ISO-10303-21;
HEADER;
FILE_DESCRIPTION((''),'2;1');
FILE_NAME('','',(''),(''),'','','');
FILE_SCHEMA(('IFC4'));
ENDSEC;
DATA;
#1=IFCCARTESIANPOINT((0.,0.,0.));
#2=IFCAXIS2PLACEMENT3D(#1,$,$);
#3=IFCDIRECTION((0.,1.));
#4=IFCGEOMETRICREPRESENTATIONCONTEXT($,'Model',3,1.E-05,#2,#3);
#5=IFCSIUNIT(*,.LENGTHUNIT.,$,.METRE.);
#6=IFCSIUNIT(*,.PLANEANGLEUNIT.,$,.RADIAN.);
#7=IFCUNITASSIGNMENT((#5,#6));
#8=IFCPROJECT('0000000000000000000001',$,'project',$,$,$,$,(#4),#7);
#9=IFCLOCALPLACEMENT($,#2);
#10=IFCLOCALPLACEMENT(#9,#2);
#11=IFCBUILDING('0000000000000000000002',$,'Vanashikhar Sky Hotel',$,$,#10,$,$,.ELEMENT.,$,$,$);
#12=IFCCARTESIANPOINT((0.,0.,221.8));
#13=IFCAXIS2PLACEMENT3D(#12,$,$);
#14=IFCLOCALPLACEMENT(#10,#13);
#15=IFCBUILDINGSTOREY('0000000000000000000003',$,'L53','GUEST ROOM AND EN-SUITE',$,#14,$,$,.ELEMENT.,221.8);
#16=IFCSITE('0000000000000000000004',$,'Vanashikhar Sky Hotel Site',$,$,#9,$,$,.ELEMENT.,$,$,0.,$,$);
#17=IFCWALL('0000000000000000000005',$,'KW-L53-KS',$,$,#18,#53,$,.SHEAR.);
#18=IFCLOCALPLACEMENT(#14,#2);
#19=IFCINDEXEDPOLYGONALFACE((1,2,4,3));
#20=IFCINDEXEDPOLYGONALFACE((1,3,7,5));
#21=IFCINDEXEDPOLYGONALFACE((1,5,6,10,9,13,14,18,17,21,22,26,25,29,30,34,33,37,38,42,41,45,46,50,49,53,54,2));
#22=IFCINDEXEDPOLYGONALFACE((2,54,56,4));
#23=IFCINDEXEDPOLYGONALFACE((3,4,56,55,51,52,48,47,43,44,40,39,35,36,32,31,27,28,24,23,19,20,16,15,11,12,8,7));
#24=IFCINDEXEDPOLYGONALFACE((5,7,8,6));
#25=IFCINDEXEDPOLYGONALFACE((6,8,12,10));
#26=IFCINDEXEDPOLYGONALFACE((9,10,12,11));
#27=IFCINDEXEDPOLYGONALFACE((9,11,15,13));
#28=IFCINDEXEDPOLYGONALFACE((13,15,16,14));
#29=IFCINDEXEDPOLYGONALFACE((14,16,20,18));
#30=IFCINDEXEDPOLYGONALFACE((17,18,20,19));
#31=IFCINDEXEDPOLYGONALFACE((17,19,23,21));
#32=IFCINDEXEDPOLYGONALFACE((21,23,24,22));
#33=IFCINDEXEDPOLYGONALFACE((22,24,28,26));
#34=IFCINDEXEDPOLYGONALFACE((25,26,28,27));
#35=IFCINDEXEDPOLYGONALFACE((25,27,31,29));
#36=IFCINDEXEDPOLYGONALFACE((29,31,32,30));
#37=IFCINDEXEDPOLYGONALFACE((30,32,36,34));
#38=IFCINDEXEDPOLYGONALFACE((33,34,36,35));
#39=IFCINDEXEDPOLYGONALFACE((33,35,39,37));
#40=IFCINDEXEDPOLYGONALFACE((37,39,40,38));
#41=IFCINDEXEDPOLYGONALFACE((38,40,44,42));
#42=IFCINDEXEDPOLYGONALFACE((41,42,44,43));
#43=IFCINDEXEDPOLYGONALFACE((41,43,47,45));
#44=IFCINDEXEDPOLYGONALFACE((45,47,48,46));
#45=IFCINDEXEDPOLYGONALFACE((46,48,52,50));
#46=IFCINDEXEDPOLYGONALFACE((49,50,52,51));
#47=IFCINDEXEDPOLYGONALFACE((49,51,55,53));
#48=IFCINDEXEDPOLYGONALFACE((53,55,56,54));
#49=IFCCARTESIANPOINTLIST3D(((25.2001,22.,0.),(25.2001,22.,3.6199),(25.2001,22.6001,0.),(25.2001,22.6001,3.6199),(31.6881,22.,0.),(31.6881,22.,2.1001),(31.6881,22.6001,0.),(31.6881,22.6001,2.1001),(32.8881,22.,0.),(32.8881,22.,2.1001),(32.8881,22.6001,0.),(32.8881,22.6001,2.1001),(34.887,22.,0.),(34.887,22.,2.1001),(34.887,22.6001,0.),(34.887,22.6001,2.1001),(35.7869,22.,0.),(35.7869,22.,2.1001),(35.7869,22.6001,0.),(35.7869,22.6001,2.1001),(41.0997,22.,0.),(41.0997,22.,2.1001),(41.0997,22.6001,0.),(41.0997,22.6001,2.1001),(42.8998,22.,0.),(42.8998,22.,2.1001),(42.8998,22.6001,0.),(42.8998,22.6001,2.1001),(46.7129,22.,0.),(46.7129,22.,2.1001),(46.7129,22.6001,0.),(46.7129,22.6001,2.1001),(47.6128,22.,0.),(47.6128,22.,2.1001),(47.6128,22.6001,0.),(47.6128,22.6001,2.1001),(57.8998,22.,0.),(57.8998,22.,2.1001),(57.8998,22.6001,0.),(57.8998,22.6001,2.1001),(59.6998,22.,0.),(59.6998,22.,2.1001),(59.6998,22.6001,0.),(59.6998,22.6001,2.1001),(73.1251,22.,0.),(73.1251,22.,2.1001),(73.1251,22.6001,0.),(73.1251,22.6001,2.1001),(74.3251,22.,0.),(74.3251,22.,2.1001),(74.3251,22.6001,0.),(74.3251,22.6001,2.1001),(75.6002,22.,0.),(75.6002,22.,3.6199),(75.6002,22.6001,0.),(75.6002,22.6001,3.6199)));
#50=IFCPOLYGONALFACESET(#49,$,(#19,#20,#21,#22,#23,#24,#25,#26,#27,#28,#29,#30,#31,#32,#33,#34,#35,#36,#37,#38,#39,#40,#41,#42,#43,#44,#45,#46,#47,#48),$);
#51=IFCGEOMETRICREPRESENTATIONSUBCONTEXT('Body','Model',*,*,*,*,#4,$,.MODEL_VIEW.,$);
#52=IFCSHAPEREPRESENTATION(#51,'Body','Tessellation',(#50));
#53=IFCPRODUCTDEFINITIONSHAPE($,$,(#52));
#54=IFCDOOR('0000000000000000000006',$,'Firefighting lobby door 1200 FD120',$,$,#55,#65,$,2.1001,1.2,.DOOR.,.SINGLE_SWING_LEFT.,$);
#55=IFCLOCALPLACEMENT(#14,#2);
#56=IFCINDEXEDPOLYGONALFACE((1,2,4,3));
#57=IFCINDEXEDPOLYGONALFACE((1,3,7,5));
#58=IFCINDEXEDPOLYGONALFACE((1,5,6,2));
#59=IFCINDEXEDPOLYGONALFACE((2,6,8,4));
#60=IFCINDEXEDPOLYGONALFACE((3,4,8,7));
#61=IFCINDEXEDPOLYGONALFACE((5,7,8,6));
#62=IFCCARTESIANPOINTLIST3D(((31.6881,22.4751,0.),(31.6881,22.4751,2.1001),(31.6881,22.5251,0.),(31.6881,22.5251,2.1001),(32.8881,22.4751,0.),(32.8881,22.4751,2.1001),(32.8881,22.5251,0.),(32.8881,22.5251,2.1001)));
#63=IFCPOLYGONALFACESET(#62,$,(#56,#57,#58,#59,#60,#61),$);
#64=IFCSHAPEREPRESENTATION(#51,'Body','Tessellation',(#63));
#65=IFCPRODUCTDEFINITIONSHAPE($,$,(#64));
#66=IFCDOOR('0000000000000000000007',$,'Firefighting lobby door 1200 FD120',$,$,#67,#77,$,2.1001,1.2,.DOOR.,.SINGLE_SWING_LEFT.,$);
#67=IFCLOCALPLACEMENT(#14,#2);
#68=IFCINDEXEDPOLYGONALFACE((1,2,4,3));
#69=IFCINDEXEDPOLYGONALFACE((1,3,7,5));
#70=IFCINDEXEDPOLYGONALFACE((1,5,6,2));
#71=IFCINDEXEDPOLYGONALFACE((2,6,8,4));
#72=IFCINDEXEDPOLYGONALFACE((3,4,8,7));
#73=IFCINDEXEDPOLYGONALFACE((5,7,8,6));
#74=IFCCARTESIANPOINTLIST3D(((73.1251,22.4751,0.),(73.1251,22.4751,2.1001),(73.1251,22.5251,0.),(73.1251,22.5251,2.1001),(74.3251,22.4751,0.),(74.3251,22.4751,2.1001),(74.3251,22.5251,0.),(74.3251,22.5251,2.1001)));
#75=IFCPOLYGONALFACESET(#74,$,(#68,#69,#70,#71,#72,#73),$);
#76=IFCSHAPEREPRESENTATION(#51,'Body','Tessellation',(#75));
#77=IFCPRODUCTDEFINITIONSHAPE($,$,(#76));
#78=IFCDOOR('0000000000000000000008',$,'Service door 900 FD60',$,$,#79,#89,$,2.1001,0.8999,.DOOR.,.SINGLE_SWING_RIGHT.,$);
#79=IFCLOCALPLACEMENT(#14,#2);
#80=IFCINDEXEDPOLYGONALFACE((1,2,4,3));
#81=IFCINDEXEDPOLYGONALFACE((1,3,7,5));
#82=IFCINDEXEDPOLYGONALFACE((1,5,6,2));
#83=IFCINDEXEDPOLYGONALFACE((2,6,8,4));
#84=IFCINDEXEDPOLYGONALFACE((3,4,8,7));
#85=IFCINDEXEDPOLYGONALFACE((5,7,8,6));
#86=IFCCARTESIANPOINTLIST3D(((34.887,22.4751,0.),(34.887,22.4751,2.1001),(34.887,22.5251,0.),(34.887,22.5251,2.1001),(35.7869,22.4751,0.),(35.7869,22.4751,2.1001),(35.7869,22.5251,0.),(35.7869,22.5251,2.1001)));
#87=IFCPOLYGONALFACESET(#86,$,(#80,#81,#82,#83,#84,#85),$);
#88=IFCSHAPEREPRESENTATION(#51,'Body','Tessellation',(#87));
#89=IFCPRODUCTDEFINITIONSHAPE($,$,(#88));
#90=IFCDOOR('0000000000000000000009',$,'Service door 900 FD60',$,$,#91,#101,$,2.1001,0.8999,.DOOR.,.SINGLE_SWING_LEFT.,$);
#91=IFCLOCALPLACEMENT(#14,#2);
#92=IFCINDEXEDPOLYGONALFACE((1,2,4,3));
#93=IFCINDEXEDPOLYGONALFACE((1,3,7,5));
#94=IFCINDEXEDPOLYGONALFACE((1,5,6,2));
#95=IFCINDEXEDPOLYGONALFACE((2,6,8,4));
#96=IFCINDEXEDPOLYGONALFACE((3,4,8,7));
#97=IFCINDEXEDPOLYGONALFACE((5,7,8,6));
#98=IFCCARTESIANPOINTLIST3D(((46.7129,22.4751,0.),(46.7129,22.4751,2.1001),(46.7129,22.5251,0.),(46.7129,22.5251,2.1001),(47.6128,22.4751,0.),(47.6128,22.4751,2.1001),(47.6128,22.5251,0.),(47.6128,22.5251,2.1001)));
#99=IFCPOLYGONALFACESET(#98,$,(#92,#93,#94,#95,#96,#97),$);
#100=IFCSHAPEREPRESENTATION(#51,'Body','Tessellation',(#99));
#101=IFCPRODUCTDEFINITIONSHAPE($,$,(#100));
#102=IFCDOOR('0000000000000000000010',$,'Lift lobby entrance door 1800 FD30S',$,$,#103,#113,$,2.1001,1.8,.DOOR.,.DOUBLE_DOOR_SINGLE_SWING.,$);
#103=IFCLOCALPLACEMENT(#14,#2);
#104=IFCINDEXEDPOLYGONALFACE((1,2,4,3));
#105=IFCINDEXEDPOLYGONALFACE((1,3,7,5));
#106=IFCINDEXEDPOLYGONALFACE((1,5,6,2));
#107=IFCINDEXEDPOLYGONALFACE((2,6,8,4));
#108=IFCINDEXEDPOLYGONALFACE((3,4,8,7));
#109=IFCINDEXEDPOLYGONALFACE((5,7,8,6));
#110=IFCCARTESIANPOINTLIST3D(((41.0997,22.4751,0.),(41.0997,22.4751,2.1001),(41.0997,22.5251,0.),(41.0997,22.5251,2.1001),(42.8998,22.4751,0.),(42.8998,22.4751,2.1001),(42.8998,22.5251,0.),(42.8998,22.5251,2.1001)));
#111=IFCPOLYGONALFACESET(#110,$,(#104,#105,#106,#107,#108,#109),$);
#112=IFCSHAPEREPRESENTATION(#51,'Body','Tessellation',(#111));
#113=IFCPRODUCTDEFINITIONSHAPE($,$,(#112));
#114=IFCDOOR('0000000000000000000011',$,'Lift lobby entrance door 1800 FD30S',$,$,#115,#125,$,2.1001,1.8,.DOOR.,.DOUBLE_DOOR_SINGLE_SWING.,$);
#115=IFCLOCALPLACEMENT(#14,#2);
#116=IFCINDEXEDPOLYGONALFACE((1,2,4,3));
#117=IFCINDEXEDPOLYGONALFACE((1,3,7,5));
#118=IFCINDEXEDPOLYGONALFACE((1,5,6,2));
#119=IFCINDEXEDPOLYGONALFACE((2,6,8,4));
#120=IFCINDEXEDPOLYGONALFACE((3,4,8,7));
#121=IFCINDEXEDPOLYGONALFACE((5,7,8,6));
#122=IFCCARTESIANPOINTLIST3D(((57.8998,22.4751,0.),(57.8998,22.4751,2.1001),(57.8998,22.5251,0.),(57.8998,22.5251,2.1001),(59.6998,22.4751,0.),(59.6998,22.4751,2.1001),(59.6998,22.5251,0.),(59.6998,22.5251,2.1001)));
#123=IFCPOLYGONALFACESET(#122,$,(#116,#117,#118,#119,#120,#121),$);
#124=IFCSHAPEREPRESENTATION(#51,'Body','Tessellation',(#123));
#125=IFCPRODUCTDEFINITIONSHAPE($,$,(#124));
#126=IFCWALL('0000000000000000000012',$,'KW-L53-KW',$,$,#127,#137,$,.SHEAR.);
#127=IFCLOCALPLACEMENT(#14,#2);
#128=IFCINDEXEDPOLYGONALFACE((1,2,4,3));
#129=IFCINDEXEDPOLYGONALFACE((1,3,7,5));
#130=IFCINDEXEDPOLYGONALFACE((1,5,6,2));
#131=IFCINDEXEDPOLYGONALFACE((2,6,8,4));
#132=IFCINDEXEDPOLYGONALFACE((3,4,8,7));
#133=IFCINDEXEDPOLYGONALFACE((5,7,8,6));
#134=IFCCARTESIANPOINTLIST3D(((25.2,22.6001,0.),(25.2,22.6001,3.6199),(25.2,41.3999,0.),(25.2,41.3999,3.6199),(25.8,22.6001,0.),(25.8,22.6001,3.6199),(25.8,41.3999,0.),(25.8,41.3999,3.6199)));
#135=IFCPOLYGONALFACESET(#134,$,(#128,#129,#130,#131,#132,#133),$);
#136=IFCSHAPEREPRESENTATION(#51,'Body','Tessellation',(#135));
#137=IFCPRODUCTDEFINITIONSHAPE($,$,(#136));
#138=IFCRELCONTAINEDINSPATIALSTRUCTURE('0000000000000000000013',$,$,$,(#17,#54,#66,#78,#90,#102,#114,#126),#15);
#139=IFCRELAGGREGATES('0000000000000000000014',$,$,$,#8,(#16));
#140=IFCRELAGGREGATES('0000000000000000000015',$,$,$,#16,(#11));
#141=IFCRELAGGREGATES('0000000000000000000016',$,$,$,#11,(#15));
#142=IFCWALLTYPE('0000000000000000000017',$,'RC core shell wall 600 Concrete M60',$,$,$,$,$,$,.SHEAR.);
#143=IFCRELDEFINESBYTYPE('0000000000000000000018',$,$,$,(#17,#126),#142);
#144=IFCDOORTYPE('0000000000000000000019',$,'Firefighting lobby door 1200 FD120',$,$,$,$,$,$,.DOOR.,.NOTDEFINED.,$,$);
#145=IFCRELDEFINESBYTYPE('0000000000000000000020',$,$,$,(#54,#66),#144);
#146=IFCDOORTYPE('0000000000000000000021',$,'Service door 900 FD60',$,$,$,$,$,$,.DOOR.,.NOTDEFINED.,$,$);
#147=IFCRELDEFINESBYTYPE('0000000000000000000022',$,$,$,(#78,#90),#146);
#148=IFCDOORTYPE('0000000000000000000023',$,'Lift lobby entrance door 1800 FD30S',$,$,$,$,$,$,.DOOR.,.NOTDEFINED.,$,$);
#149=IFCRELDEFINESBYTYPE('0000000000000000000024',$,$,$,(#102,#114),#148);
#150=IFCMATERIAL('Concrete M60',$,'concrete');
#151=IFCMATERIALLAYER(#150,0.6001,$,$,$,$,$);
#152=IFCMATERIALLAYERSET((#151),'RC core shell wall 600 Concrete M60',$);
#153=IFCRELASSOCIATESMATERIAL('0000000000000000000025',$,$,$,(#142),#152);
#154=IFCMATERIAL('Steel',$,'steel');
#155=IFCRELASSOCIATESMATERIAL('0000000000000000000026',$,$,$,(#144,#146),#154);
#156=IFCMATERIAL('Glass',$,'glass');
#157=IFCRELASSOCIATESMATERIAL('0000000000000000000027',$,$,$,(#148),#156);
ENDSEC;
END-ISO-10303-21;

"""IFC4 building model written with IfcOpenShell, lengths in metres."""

from ifc_helpers import new_model, si_unit, direction, frame, frame_2d, origin, place, context, subcontext, project, spatial, rectangle, extrude, source, transform, mapped, material, layer, layer_set, type_object, element, fill, save


model = new_model("IFC4")

# Units and contexts
model_context = context("Model", 3, precision=1e-05, world=origin(), true_north=direction((0.0, 1.0)))
body_context = subcontext(model_context, "Body", "Model", "MODEL_VIEW")
ifc_project = project(units=[si_unit("LENGTHUNIT", "METRE"), si_unit("PLANEANGLEUNIT", "RADIAN")], contexts=[model_context])

# Site, building, storey
site_placement = place(None, origin())
site = spatial("IfcSite", under=ifc_project, at=site_placement, Name="Vanashikhar Sky Hotel Site", CompositionType="ELEMENT", RefElevation=0.0)
building_placement = place(site_placement, origin())
building = spatial("IfcBuilding", under=site, at=building_placement, Name="Vanashikhar Sky Hotel", CompositionType="ELEMENT")
storey_placement = place(building_placement, frame((0.0, 0.0, 221.8)))
storey = spatial("IfcBuildingStorey", under=building, at=storey_placement, Name="L53", Description="GUEST ROOM AND EN-SUITE", CompositionType="ELEMENT", Elevation=221.8)

# Wall, openings, doors
ifc_material_1 = material(Name="Concrete M60", Category="concrete")
ifc_layer_1 = layer(ifc_material_1, 0.6001)
ifc_layer_set_1 = layer_set([ifc_layer_1], Name="RC core shell wall 600 Concrete M60")
wall_type_1 = type_object("IfcWallType", Name="RC core shell wall 600 Concrete M60", PredefinedType="SHEAR", material=ifc_layer_set_1)
shared_shape_1 = source(origin(), body_context, "Body", "SweptSolid", [
    extrude(rectangle(XDim=50.4001, YDim=0.6001, at=frame_2d((25.2002, 0.0))), origin(), (0.0, 0.0, 1.0), 3.6199),
])
wall_1_placement = place(storey_placement, frame((25.2, 22.3, 0.0), z_axis=(0.0, 0.0, 1.0), x_axis=(1.0, 0.0, 0.0)))
wall_1 = element("IfcWall", 1, at=wall_1_placement, inside=storey, type_object=wall_type_1, Name="KW-L53-KS", PredefinedType="SHEAR", context=body_context, shape_type="MappedRepresentation", body=[
    mapped(shared_shape_1, transform((0.0, 0.0, 0.0), scale=1.0)),
])
shared_shape_2 = source(origin(), body_context, "Body", "SweptSolid", [
    extrude(rectangle(XDim=1.8, YDim=2.1001, at=frame_2d((0.8999, 1.05))), frame((0.0, 0.3101, 0.0), z_axis=(0.0, -1.0, 0.0), x_axis=(1.0, 0.0, 0.0)), (0.0, 0.0, 1.0), 0.6201),
])
opening_1_placement = place(wall_1_placement, frame((15.8999, 0.0, 0.0)))
opening_1 = element("IfcOpeningElement", 2, at=opening_1_placement, cuts=wall_1, PredefinedType="OPENING", context=body_context, shape_type="MappedRepresentation", body=[
    mapped(shared_shape_2, transform((0.0, 0.0, 0.0), scale=1.0)),
])
shared_shape_3 = source(origin(), body_context, "Body", "SweptSolid", [
    extrude(rectangle(XDim=0.8999, YDim=2.1001, at=frame_2d((0.45, 1.05))), frame((0.0, 0.3101, 0.0), z_axis=(0.0, -1.0, 0.0), x_axis=(1.0, 0.0, 0.0)), (0.0, 0.0, 1.0), 0.6201),
])
opening_2_placement = place(wall_1_placement, frame((9.687, 0.0, 0.0)))
opening_2 = element("IfcOpeningElement", 3, at=opening_2_placement, cuts=wall_1, PredefinedType="OPENING", context=body_context, shape_type="MappedRepresentation", body=[
    mapped(shared_shape_3, transform((0.0, 0.0, 0.0), scale=1.0)),
])
opening_3_placement = place(wall_1_placement, frame((21.5129, 0.0, 0.0)))
opening_3 = element("IfcOpeningElement", 4, at=opening_3_placement, cuts=wall_1, PredefinedType="OPENING", context=body_context, shape_type="MappedRepresentation", body=[
    mapped(shared_shape_3, transform((0.0, 0.0, 0.0), scale=1.0)),
])
opening_4_placement = place(wall_1_placement, frame((32.7, 0.0, 0.0)))
opening_4 = element("IfcOpeningElement", 5, at=opening_4_placement, cuts=wall_1, PredefinedType="OPENING", context=body_context, shape_type="MappedRepresentation", body=[
    mapped(shared_shape_2, transform((0.0, 0.0, 0.0), scale=1.0)),
])
shared_shape_4 = source(origin(), body_context, "Body", "SweptSolid", [
    extrude(rectangle(XDim=1.2, YDim=2.1001, at=frame_2d((0.6001, 1.05))), frame((0.0, 0.3101, 0.0), z_axis=(0.0, -1.0, 0.0), x_axis=(1.0, 0.0, 0.0)), (0.0, 0.0, 1.0), 0.6201),
])
opening_5_placement = place(wall_1_placement, frame((6.488, 0.0, 0.0)))
opening_5 = element("IfcOpeningElement", 6, at=opening_5_placement, cuts=wall_1, PredefinedType="OPENING", context=body_context, shape_type="MappedRepresentation", body=[
    mapped(shared_shape_4, transform((0.0, 0.0, 0.0), scale=1.0)),
])
opening_6_placement = place(wall_1_placement, frame((47.925, 0.0, 0.0)))
opening_6 = element("IfcOpeningElement", 7, at=opening_6_placement, cuts=wall_1, PredefinedType="OPENING", context=body_context, shape_type="MappedRepresentation", body=[
    mapped(shared_shape_4, transform((0.0, 0.0, 0.0), scale=1.0)),
])
ifc_material_2 = material(Name="Steel", Category="steel")
door_type_1 = type_object("IfcDoorType", Name="Firefighting lobby door 1200 FD120", OperationType="NOTDEFINED", PredefinedType="DOOR", material=ifc_material_2)
shared_shape_5 = source(origin(), body_context, "Body", "SweptSolid", [
    extrude(rectangle(XDim=1.2, YDim=2.1001, at=frame_2d((0.6001, 1.05))), frame((0.0, 0.2251, 0.0), z_axis=(0.0, -1.0, 0.0), x_axis=(1.0, 0.0, 0.0)), (0.0, 0.0, 1.0), 0.05),
])
door_1_placement = place(opening_5_placement, origin())
door_1 = element("IfcDoor", 8, at=door_1_placement, inside=storey, type_object=door_type_1, Name="Firefighting lobby door 1200 FD120", OperationType="SINGLE_SWING_LEFT", OverallHeight=2.1001, OverallWidth=1.2, PredefinedType="DOOR", context=body_context, shape_type="MappedRepresentation", body=[
    mapped(shared_shape_5, transform((0.0, 0.0, 0.0), scale=1.0)),
])
fill(opening_5, door_1)
door_2_placement = place(opening_6_placement, origin())
door_2 = element("IfcDoor", 9, at=door_2_placement, inside=storey, type_object=door_type_1, Name="Firefighting lobby door 1200 FD120", OperationType="SINGLE_SWING_LEFT", OverallHeight=2.1001, OverallWidth=1.2, PredefinedType="DOOR", context=body_context, shape_type="MappedRepresentation", body=[
    mapped(shared_shape_5, transform((0.0, 0.0, 0.0), scale=1.0)),
])
fill(opening_6, door_2)
door_type_2 = type_object("IfcDoorType", Name="Service door 900 FD60", OperationType="NOTDEFINED", PredefinedType="DOOR", material=ifc_material_2)
shared_shape_6 = source(origin(), body_context, "Body", "SweptSolid", [
    extrude(rectangle(XDim=0.8999, YDim=2.1001, at=frame_2d((0.45, 1.05))), frame((0.0, 0.2251, 0.0), z_axis=(0.0, -1.0, 0.0), x_axis=(1.0, 0.0, 0.0)), (0.0, 0.0, 1.0), 0.05),
])
door_3_placement = place(opening_2_placement, origin())
door_3 = element("IfcDoor", 10, at=door_3_placement, inside=storey, type_object=door_type_2, Name="Service door 900 FD60", OperationType="SINGLE_SWING_RIGHT", OverallHeight=2.1001, OverallWidth=0.8999, PredefinedType="DOOR", context=body_context, shape_type="MappedRepresentation", body=[
    mapped(shared_shape_6, transform((0.0, 0.0, 0.0), scale=1.0)),
])
fill(opening_2, door_3)
door_4_placement = place(opening_3_placement, origin())
door_4 = element("IfcDoor", 11, at=door_4_placement, inside=storey, type_object=door_type_2, Name="Service door 900 FD60", OperationType="SINGLE_SWING_LEFT", OverallHeight=2.1001, OverallWidth=0.8999, PredefinedType="DOOR", context=body_context, shape_type="MappedRepresentation", body=[
    mapped(shared_shape_6, transform((0.0, 0.0, 0.0), scale=1.0)),
])
fill(opening_3, door_4)
ifc_material_3 = material(Name="Glass", Category="glass")
door_type_3 = type_object("IfcDoorType", Name="Lift lobby entrance door 1800 FD30S", OperationType="NOTDEFINED", PredefinedType="DOOR", material=ifc_material_3)
shared_shape_7 = source(origin(), body_context, "Body", "SweptSolid", [
    extrude(rectangle(XDim=1.8, YDim=2.1001, at=frame_2d((0.8999, 1.05))), frame((0.0, 0.2251, 0.0), z_axis=(0.0, -1.0, 0.0), x_axis=(1.0, 0.0, 0.0)), (0.0, 0.0, 1.0), 0.05),
])
door_5_placement = place(opening_1_placement, origin())
door_5 = element("IfcDoor", 12, at=door_5_placement, inside=storey, type_object=door_type_3, Name="Lift lobby entrance door 1800 FD30S", OperationType="DOUBLE_DOOR_SINGLE_SWING", OverallHeight=2.1001, OverallWidth=1.8, PredefinedType="DOOR", context=body_context, shape_type="MappedRepresentation", body=[
    mapped(shared_shape_7, transform((0.0, 0.0, 0.0), scale=1.0)),
])
fill(opening_1, door_5)
door_6_placement = place(opening_4_placement, origin())
door_6 = element("IfcDoor", 13, at=door_6_placement, inside=storey, type_object=door_type_3, Name="Lift lobby entrance door 1800 FD30S", OperationType="DOUBLE_DOOR_SINGLE_SWING", OverallHeight=2.1001, OverallWidth=1.8, PredefinedType="DOOR", context=body_context, shape_type="MappedRepresentation", body=[
    mapped(shared_shape_7, transform((0.0, 0.0, 0.0), scale=1.0)),
])
fill(opening_4, door_6)

# Wall
shared_shape_8 = source(origin(), body_context, "Body", "SweptSolid", [
    extrude(rectangle(XDim=18.7998, YDim=0.6001, at=frame_2d((9.3999, 0.0))), origin(), (0.0, 0.0, 1.0), 3.6199),
])
wall_2_placement = place(storey_placement, frame((25.5, 22.6001, 0.0), z_axis=(0.0, 0.0, 1.0), x_axis=(0.0, 1.0, 0.0)))
element("IfcWall", 14, at=wall_2_placement, inside=storey, type_object=wall_type_1, Name="KW-L53-KW", PredefinedType="SHEAR", context=body_context, shape_type="MappedRepresentation", body=[
    mapped(shared_shape_8, transform((0.0, 0.0, 0.0), scale=1.0)),
])

save(model, "model.ifc")
